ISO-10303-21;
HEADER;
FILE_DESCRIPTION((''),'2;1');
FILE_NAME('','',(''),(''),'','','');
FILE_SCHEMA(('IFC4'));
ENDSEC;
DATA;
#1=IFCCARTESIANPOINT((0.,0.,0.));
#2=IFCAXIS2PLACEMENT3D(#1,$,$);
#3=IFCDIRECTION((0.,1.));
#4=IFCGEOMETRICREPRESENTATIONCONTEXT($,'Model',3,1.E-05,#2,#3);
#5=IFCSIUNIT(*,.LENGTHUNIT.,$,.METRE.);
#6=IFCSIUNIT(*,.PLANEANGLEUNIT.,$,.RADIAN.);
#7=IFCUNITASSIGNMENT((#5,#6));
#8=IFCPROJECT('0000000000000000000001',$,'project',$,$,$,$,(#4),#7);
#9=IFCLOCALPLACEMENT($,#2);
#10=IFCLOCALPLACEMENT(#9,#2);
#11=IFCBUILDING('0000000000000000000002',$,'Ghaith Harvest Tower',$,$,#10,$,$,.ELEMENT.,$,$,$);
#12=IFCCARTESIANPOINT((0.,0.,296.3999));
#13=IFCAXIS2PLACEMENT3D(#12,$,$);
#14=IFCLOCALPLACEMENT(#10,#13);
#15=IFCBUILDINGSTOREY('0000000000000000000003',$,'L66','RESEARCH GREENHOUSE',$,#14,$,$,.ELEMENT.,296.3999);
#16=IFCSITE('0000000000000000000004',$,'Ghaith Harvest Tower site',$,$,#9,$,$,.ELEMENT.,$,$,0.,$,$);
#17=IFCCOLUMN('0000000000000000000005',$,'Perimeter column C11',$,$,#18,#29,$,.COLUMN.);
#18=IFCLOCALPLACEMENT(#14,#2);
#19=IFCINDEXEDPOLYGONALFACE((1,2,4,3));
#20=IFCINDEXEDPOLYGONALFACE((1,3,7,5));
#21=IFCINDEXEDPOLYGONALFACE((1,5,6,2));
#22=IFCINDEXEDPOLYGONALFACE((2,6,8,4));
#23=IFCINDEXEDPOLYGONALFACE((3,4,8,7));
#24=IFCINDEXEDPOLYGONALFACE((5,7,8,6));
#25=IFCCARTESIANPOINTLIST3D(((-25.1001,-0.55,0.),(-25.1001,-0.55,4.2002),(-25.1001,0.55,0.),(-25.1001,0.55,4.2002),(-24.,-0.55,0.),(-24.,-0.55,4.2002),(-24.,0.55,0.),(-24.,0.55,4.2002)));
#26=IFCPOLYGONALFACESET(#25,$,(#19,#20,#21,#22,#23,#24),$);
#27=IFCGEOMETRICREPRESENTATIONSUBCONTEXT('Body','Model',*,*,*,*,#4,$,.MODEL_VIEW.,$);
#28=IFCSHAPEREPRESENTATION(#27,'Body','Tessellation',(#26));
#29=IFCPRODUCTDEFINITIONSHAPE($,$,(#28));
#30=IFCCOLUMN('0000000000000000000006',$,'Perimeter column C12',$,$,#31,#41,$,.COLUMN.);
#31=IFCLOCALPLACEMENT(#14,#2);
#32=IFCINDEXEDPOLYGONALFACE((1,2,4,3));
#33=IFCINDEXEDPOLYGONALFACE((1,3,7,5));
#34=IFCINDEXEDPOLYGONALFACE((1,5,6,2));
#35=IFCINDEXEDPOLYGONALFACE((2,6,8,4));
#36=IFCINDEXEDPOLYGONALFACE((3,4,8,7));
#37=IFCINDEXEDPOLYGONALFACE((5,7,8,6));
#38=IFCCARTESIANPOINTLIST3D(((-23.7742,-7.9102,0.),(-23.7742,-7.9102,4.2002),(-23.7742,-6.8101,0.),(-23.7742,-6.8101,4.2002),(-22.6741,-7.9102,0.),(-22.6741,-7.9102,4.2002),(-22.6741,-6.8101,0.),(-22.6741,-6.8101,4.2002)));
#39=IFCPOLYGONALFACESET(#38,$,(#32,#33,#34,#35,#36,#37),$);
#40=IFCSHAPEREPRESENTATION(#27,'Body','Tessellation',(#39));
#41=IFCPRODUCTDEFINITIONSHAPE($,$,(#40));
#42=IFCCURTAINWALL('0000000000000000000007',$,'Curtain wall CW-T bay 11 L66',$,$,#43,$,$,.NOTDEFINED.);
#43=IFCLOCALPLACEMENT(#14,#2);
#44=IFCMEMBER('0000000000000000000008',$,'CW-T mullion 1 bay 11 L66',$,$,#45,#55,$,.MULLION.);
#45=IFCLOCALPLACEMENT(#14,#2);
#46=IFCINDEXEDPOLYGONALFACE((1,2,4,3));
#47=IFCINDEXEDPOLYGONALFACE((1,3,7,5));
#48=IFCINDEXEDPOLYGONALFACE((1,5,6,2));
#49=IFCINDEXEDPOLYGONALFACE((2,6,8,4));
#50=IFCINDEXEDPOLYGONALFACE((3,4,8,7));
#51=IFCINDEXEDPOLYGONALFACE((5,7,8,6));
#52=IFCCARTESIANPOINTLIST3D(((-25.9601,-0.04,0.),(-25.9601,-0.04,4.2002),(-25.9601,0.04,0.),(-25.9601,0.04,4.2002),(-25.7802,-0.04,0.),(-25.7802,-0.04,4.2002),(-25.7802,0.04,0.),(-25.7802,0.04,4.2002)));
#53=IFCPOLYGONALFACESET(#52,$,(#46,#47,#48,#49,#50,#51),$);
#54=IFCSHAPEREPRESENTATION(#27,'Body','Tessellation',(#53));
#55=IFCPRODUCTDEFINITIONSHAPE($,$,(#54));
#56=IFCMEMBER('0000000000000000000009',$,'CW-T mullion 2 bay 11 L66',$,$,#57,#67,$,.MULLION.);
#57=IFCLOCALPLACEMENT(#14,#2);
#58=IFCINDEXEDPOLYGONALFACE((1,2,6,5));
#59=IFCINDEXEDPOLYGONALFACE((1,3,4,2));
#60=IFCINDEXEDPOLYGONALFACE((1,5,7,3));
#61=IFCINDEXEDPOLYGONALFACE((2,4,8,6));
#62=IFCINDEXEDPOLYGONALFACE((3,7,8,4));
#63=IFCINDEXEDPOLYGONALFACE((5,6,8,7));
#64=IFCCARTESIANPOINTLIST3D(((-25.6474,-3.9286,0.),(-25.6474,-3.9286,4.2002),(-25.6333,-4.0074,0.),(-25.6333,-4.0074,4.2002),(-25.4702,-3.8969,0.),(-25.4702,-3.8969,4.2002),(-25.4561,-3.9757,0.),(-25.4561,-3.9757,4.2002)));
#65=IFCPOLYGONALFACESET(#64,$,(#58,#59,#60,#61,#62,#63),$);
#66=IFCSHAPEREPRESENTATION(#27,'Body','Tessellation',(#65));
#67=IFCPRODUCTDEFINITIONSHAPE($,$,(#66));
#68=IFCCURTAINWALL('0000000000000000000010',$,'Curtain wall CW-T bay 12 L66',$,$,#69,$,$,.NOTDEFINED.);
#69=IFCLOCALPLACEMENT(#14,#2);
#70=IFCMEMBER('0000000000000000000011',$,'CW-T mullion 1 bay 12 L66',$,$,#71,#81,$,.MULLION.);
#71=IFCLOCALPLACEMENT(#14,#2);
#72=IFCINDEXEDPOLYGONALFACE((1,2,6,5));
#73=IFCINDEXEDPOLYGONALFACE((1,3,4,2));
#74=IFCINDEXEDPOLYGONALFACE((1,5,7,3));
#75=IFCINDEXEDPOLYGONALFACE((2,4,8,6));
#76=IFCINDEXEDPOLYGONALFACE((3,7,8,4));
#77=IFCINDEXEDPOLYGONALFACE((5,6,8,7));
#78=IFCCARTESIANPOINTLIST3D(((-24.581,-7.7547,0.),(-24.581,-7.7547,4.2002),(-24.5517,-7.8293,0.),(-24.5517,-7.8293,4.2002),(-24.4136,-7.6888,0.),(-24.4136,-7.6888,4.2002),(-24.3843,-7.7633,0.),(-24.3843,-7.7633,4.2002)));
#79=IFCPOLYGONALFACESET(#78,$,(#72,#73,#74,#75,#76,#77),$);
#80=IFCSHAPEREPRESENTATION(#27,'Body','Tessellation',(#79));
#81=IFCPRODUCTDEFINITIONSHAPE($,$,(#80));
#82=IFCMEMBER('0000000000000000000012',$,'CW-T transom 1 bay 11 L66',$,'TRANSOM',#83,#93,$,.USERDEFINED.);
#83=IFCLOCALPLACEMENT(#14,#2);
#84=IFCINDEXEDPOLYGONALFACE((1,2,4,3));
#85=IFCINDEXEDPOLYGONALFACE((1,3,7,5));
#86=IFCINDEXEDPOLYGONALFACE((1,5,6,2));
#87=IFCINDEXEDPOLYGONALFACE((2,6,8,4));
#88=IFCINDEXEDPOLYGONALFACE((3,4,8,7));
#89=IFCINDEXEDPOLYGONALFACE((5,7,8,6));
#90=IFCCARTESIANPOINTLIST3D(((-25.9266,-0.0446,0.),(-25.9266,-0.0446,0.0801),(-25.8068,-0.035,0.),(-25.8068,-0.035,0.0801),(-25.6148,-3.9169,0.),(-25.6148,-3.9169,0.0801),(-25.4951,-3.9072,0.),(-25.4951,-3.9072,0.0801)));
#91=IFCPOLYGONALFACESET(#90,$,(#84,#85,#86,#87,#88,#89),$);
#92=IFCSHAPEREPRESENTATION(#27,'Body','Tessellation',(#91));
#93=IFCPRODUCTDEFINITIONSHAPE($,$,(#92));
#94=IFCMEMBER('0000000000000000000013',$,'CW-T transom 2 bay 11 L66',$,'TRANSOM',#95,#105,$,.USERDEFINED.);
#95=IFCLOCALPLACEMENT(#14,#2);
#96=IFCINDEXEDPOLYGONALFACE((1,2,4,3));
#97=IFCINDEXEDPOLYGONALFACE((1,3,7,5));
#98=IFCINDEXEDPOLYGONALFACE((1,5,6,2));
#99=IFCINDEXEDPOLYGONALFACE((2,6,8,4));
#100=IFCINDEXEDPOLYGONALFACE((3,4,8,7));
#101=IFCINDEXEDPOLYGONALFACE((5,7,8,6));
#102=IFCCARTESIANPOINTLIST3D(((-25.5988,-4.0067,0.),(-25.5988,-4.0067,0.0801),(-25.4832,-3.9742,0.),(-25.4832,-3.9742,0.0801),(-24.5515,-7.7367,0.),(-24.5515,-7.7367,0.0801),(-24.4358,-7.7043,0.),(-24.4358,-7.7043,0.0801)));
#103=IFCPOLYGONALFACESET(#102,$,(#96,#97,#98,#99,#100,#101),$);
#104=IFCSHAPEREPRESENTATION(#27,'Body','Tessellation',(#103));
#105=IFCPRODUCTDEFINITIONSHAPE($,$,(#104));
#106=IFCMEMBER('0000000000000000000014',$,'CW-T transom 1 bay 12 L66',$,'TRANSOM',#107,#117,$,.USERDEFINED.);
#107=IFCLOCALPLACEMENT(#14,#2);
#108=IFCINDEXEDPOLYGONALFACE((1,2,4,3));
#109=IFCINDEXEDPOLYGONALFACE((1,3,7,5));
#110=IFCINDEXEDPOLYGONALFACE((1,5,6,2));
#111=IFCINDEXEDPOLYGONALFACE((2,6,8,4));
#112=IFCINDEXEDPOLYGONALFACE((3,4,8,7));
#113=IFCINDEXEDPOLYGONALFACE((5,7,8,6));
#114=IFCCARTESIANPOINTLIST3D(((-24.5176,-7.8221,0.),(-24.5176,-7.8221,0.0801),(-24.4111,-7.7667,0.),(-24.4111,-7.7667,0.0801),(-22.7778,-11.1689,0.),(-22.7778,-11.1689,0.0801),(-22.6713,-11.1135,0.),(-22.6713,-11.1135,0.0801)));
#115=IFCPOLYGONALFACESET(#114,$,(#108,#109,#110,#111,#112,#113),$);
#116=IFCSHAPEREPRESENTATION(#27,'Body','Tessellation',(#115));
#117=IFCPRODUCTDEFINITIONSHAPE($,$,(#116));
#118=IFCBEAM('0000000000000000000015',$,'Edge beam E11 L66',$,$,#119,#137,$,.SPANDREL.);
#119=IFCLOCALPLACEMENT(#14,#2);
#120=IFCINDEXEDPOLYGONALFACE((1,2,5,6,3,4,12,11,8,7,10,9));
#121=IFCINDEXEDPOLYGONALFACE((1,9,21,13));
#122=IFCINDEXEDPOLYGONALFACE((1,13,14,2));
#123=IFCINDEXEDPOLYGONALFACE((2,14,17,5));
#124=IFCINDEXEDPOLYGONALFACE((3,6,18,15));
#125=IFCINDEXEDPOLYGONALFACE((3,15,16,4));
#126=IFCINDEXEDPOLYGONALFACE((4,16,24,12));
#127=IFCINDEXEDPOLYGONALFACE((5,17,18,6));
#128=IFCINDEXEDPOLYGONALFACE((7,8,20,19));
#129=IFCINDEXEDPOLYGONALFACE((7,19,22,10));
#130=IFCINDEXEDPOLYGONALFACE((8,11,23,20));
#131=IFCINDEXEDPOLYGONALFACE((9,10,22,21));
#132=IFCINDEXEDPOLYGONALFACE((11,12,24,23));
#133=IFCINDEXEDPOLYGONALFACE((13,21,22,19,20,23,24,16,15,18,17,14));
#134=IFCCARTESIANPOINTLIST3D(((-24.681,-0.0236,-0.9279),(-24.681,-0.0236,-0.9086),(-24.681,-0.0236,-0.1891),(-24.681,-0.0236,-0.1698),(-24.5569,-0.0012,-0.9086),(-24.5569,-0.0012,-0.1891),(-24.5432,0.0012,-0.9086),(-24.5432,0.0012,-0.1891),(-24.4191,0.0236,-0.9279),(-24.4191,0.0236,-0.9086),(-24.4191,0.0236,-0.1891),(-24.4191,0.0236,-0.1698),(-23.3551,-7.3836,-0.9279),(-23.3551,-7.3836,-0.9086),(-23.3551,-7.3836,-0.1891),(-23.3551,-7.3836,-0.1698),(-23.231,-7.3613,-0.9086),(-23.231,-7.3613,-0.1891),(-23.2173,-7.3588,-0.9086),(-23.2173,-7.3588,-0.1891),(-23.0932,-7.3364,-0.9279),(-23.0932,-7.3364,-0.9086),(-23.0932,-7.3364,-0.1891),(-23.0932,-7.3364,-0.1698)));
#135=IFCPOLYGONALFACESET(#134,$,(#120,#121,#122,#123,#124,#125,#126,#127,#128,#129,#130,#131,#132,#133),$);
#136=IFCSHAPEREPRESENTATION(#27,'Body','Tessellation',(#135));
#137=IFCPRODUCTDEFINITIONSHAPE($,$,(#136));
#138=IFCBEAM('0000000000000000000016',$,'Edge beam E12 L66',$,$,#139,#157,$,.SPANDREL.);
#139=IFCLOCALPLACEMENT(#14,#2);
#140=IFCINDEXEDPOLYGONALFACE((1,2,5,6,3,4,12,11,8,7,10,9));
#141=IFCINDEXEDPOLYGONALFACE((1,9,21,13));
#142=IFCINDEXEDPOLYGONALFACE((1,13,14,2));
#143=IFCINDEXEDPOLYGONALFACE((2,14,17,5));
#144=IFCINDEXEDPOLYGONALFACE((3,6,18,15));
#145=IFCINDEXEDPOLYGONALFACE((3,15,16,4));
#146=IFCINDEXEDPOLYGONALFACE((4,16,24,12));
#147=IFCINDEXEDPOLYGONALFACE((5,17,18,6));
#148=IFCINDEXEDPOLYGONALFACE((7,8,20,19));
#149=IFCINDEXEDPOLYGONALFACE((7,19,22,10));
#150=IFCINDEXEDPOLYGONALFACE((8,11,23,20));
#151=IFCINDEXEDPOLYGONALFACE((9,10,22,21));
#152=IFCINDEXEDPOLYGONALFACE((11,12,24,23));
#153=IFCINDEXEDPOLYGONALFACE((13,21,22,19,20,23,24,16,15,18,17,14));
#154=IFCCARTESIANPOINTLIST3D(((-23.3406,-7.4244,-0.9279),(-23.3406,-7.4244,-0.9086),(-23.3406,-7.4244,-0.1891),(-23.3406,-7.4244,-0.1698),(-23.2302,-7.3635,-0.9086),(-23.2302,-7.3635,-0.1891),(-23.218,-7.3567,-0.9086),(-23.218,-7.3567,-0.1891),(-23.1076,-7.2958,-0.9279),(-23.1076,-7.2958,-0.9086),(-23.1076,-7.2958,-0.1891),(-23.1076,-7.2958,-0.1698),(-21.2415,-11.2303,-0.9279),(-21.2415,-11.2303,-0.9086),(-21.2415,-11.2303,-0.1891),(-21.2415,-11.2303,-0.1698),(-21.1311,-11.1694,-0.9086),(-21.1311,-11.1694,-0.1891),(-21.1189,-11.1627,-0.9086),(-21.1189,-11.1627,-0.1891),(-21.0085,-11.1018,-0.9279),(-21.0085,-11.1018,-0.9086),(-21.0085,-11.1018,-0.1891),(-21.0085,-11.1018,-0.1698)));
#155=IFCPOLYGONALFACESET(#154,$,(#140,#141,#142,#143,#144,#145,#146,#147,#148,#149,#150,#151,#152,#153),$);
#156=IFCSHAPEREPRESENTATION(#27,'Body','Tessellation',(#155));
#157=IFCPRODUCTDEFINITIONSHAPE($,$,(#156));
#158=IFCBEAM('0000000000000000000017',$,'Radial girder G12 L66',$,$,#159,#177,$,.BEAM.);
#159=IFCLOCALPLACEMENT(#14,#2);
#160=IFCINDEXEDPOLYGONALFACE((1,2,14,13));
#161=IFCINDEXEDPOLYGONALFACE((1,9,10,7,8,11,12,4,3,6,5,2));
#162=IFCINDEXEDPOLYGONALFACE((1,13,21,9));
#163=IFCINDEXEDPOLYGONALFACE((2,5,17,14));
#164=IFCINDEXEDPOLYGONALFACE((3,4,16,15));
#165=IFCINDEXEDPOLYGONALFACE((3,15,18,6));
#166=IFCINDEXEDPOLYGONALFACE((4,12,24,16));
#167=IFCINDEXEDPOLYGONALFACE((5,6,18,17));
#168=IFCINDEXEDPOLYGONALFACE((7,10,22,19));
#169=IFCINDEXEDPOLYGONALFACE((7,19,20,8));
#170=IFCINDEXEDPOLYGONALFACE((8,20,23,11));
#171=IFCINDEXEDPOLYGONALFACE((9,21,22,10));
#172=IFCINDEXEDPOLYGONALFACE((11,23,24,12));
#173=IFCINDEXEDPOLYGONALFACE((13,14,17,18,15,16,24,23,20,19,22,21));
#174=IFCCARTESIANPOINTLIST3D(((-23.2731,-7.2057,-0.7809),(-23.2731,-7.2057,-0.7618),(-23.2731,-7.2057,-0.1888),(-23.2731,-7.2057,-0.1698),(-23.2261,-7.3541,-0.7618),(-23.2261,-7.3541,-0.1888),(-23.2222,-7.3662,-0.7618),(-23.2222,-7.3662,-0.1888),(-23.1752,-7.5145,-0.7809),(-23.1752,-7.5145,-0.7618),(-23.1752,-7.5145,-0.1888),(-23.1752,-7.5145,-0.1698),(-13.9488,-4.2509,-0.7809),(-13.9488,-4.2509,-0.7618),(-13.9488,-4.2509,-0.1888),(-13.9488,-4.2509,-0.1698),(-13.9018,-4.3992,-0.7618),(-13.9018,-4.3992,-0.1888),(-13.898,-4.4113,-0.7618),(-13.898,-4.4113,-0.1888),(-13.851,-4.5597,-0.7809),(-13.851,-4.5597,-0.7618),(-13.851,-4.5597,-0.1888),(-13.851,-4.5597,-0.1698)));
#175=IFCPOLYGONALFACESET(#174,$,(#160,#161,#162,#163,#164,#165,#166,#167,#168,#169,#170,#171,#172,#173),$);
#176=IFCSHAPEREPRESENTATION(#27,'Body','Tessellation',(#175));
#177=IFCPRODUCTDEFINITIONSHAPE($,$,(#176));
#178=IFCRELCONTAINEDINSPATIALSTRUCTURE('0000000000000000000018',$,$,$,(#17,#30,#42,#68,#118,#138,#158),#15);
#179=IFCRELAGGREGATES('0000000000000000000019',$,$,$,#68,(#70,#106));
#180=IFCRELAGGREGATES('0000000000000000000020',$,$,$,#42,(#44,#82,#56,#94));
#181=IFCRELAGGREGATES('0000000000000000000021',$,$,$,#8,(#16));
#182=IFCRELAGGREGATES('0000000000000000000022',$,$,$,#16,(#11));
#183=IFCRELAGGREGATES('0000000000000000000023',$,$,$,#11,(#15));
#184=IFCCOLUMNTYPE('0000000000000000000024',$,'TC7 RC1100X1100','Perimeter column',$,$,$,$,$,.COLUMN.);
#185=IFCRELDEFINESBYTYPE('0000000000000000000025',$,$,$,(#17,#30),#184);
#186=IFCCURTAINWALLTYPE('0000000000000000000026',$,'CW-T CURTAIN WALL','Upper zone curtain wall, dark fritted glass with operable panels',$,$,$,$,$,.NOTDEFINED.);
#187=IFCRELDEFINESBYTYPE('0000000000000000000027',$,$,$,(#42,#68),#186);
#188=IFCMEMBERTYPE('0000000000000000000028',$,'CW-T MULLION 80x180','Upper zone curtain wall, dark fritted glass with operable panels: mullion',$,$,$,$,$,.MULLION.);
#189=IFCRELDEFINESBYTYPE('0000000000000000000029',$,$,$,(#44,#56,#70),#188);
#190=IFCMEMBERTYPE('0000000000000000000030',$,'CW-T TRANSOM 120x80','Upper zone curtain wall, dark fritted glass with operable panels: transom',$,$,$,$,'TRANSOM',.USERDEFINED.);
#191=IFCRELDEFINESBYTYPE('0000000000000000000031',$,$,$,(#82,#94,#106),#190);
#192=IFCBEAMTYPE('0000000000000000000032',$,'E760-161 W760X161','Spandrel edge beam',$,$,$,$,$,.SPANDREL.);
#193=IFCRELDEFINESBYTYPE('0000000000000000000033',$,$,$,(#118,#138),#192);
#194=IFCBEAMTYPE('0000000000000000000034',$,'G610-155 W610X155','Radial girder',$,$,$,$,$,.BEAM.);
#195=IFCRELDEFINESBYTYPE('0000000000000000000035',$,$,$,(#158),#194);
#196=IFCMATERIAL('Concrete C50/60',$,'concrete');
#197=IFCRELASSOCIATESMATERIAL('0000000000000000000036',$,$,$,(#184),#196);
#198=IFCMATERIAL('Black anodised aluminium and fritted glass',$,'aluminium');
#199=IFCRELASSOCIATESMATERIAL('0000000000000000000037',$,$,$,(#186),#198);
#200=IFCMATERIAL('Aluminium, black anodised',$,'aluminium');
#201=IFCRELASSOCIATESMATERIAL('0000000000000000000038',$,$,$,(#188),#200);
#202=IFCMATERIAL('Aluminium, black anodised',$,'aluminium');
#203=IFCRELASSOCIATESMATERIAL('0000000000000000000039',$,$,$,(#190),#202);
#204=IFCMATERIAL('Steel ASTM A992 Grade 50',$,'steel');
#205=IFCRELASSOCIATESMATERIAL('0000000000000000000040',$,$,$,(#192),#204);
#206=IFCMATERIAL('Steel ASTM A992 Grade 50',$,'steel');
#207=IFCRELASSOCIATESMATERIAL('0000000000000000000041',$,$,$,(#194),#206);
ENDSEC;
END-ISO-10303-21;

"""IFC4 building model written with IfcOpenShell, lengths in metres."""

from ifc_helpers import new_model, si_unit, direction, frame, origin, origin_2d, place, context, subcontext, project, spatial, rectangle, i_section, extrude, material, material_profile, profile_set, type_object, element, aggregate, save


model = new_model("IFC4")

# Units and contexts
model_context = context("Model", 3, precision=1e-05, world=origin(), true_north=direction((0.0, 1.0)))
body_context = subcontext(model_context, "Body", "Model", "MODEL_VIEW")
ifc_project = project(units=[si_unit("LENGTHUNIT", "METRE"), si_unit("PLANEANGLEUNIT", "RADIAN")], contexts=[model_context])

# Site, building, storey
site_placement = place(None, origin())
site = spatial("IfcSite", under=ifc_project, at=site_placement, Name="Ghaith Harvest Tower site", CompositionType="ELEMENT", RefElevation=0.0)
building_placement = place(site_placement, origin())
building = spatial("IfcBuilding", under=site, at=building_placement, Name="Ghaith Harvest Tower", CompositionType="ELEMENT")
storey_placement = place(building_placement, frame((0.0, 0.0, 296.3999)))
storey = spatial("IfcBuildingStorey", under=building, at=storey_placement, Name="L66", Description="RESEARCH GREENHOUSE", CompositionType="ELEMENT", Elevation=296.3999)

# Columns
ifc_material_1 = material(Name="Concrete C50/60", Category="concrete")
ifc_material_profile_1 = material_profile(ifc_material_1, rectangle(XDim=1.1001, YDim=1.1001, at=origin_2d()), Name="RC1100X1100")
ifc_profile_set_1 = profile_set([ifc_material_profile_1], Name="Concrete C50/60")
column_type = type_object("IfcColumnType", Name="TC7 RC1100X1100", Description="Perimeter column", PredefinedType="COLUMN", material=ifc_profile_set_1)
for number, where, z_axis, x_axis, name in (
    (1, (-24.55, 0.0, 0.0), (0.0, 0.0, 1.0), (1.0, 0.0, 0.0), "Perimeter column C11"),
    (2, (-23.2241, -7.3601, 0.0), (0.0, 0.0, 1.0), (1.0, 0.0, 0.0), "Perimeter column C12"),
):
    element("IfcColumn", number, at=place(storey_placement, frame(where, z_axis=z_axis, x_axis=x_axis)), inside=storey, type_object=column_type, Name=name, PredefinedType="COLUMN", context=body_context, shape_type="SweptSolid", body=[
        extrude(rectangle(XDim=1.1001, YDim=1.1001, at=origin_2d()), origin(), (0.0, 0.0, 1.0), 4.2002),
    ])

# Curtain wall, members
ifc_material_2 = material(Name="Black anodised aluminium and fritted glass", Category="aluminium")
curtain_wall_type = type_object("IfcCurtainWallType", Name="CW-T CURTAIN WALL", Description="Upper zone curtain wall, dark fritted glass with operable panels", PredefinedType="NOTDEFINED", material=ifc_material_2)
curtain_wall_1_placement = place(storey_placement, origin())
curtain_wall_1 = element("IfcCurtainWall", 3, at=curtain_wall_1_placement, inside=storey, type_object=curtain_wall_type, Name="Curtain wall CW-T bay 11 L66", PredefinedType="NOTDEFINED")
ifc_material_3 = material(Name="Aluminium, black anodised", Category="aluminium")
ifc_material_profile_2 = material_profile(ifc_material_3, rectangle(XDim=0.0801, YDim=0.1799, at=origin_2d()), Name="CW-T MULLION 80x180")
ifc_profile_set_2 = profile_set([ifc_material_profile_2], Name="Aluminium, black anodised")
member_type_1 = type_object("IfcMemberType", Name="CW-T MULLION 80x180", Description="Upper zone curtain wall, dark fritted glass with operable panels: mullion", PredefinedType="MULLION", material=ifc_profile_set_2)
member_1_placement = place(storey_placement, frame((-25.8701, 0.0, 0.0), z_axis=(0.0, 0.0, 1.0), x_axis=(0.0, -1.0, 0.0)))
member_1 = element("IfcMember", 4, at=member_1_placement, type_object=member_type_1, Name="CW-T mullion 1 bay 11 L66", PredefinedType="MULLION", context=body_context, shape_type="SweptSolid", body=[
    extrude(rectangle(XDim=0.0801, YDim=0.1799, at=origin_2d()), origin(), (0.0, 0.0, 1.0), 4.2002),
])
member_2_placement = place(storey_placement, frame((-25.5518, -3.9521, 0.0), z_axis=(0.0, 0.0, 1.0), x_axis=(0.176001, -0.98439, 0.0)))
member_2 = element("IfcMember", 5, at=member_2_placement, type_object=member_type_1, Name="CW-T mullion 2 bay 11 L66", PredefinedType="MULLION", context=body_context, shape_type="SweptSolid", body=[
    extrude(rectangle(XDim=0.0801, YDim=0.1799, at=origin_2d()), origin(), (0.0, 0.0, 1.0), 4.2002),
])

# Curtain wall, member
curtain_wall_2_placement = place(storey_placement, origin())
curtain_wall_2 = element("IfcCurtainWall", 6, at=curtain_wall_2_placement, inside=storey, type_object=curtain_wall_type, Name="Curtain wall CW-T bay 12 L66", PredefinedType="NOTDEFINED")
member_3_placement = place(storey_placement, frame((-24.4827, -7.759, 0.0), z_axis=(0.0, 0.0, 1.0), x_axis=(0.366473, -0.930429, 0.0)))
member_3 = element("IfcMember", 7, at=member_3_placement, type_object=member_type_1, Name="CW-T mullion 1 bay 12 L66", PredefinedType="MULLION", context=body_context, shape_type="SweptSolid", body=[
    extrude(rectangle(XDim=0.0801, YDim=0.1799, at=origin_2d()), origin(), (0.0, 0.0, 1.0), 4.2002),
])

# Members
ifc_material_4 = material(Name="Aluminium, black anodised", Category="aluminium")
ifc_material_profile_3 = material_profile(ifc_material_4, rectangle(XDim=0.1201, YDim=0.0801, at=origin_2d()), Name="CW-T TRANSOM 120x80")
ifc_profile_set_3 = profile_set([ifc_material_profile_3], Name="Aluminium, black anodised")
member_type_2 = type_object("IfcMemberType", Name="CW-T TRANSOM 120x80", Description="Upper zone curtain wall, dark fritted glass with operable panels: transom", ElementType="TRANSOM", PredefinedType="USERDEFINED", material=ifc_profile_set_3)
member_4_placement = place(storey_placement, frame((-25.8667, -0.0398, 0.04), z_axis=(0.080252, -0.996775, 0.0), x_axis=(0.996775, 0.080252, 0.0)))
member_4 = element("IfcMember", 8, at=member_4_placement, type_object=member_type_2, Name="CW-T transom 1 bay 11 L66", ObjectType="TRANSOM", PredefinedType="USERDEFINED", context=body_context, shape_type="SweptSolid", body=[
    extrude(rectangle(XDim=0.1201, YDim=0.0801, at=origin_2d()), origin(), (0.0, 0.0, 1.0), 3.8848),
])
member_5_placement = place(storey_placement, frame((-25.541, -3.9905, 0.04), z_axis=(0.27034, -0.962765, 0.0), x_axis=(0.962765, 0.27034, 0.0)))
member_5 = element("IfcMember", 9, at=member_5_placement, type_object=member_type_2, Name="CW-T transom 2 bay 11 L66", ObjectType="TRANSOM", PredefinedType="USERDEFINED", context=body_context, shape_type="SweptSolid", body=[
    extrude(rectangle(XDim=0.1201, YDim=0.0801, at=origin_2d()), origin(), (0.0, 0.0, 1.0), 3.8743),
])
member_6_placement = place(storey_placement, frame((-24.4644, -7.7944, 0.04), z_axis=(0.461243, -0.887274, 0.0), x_axis=(0.887274, 0.461243, 0.0)))
member_6 = element("IfcMember", 10, at=member_6_placement, type_object=member_type_2, Name="CW-T transom 1 bay 12 L66", ObjectType="TRANSOM", PredefinedType="USERDEFINED", context=body_context, shape_type="SweptSolid", body=[
    extrude(rectangle(XDim=0.1201, YDim=0.0801, at=origin_2d()), origin(), (0.0, 0.0, 1.0), 3.772),
])
aggregate(curtain_wall_2, [member_3, member_6])

# Beams
ifc_material_5 = material(Name="Steel ASTM A992 Grade 50", Category="steel")
ifc_material_profile_4 = material_profile(ifc_material_5, i_section(OverallWidth=0.2661, OverallDepth=0.7581, WebThickness=0.0139, FlangeThickness=0.0193, at=origin_2d()), Name="W760X161")
ifc_profile_set_4 = profile_set([ifc_material_profile_4], Name="Steel ASTM A992 Grade 50")
beam_type_1 = type_object("IfcBeamType", Name="E760-161 W760X161", Description="Spandrel edge beam", PredefinedType="SPANDREL", material=ifc_profile_set_4)
beam_1_placement = place(storey_placement, frame((-24.55, 0.0, -0.5488), z_axis=(0.177297, -0.984157, 0.0), x_axis=(0.984157, 0.177297, 0.0)))
element("IfcBeam", 11, at=beam_1_placement, inside=storey, type_object=beam_type_1, Name="Edge beam E11 L66", PredefinedType="SPANDREL", context=body_context, shape_type="SweptSolid", body=[
    extrude(i_section(OverallWidth=0.2661, OverallDepth=0.7581, WebThickness=0.0139, FlangeThickness=0.0193, at=origin_2d()), origin(), (0.0, 0.0, 1.0), 7.4785),
])
beam_2_placement = place(storey_placement, frame((-23.2241, -7.3601, -0.5488), z_axis=(0.482956, -0.875645, 0.0), x_axis=(0.875645, 0.482956, 0.0)))
element("IfcBeam", 12, at=beam_2_placement, inside=storey, type_object=beam_type_1, Name="Edge beam E12 L66", PredefinedType="SPANDREL", context=body_context, shape_type="SweptSolid", body=[
    extrude(i_section(OverallWidth=0.2661, OverallDepth=0.7581, WebThickness=0.0139, FlangeThickness=0.0193, at=origin_2d()), origin(), (0.0, 0.0, 1.0), 4.3464),
])
ifc_material_6 = material(Name="Steel ASTM A992 Grade 50", Category="steel")
ifc_material_profile_5 = material_profile(ifc_material_6, i_section(OverallWidth=0.324, OverallDepth=0.6111, WebThickness=0.0127, FlangeThickness=0.019, at=origin_2d()), Name="W610X155")
ifc_profile_set_5 = profile_set([ifc_material_profile_5], Name="Steel ASTM A992 Grade 50")
beam_type_2 = type_object("IfcBeamType", Name="G610-155 W610X155", Description="Radial girder", PredefinedType="BEAM", material=ifc_profile_set_5)
beam_3_placement = place(storey_placement, frame((-13.8999, -4.4053, -0.4753), z_axis=(-0.953279, -0.302093, 0.0), x_axis=(0.302093, -0.953279, 0.0)))
element("IfcBeam", 13, at=beam_3_placement, inside=storey, type_object=beam_type_2, Name="Radial girder G12 L66", PredefinedType="BEAM", context=body_context, shape_type="SweptSolid", body=[
    extrude(i_section(OverallWidth=0.324, OverallDepth=0.6111, WebThickness=0.0127, FlangeThickness=0.019, at=origin_2d()), origin(), (0.0, 0.0, 1.0), 9.7812),
])

aggregate(curtain_wall_1, [member_1, member_4, member_2, member_5])

save(model, "model.ifc")
